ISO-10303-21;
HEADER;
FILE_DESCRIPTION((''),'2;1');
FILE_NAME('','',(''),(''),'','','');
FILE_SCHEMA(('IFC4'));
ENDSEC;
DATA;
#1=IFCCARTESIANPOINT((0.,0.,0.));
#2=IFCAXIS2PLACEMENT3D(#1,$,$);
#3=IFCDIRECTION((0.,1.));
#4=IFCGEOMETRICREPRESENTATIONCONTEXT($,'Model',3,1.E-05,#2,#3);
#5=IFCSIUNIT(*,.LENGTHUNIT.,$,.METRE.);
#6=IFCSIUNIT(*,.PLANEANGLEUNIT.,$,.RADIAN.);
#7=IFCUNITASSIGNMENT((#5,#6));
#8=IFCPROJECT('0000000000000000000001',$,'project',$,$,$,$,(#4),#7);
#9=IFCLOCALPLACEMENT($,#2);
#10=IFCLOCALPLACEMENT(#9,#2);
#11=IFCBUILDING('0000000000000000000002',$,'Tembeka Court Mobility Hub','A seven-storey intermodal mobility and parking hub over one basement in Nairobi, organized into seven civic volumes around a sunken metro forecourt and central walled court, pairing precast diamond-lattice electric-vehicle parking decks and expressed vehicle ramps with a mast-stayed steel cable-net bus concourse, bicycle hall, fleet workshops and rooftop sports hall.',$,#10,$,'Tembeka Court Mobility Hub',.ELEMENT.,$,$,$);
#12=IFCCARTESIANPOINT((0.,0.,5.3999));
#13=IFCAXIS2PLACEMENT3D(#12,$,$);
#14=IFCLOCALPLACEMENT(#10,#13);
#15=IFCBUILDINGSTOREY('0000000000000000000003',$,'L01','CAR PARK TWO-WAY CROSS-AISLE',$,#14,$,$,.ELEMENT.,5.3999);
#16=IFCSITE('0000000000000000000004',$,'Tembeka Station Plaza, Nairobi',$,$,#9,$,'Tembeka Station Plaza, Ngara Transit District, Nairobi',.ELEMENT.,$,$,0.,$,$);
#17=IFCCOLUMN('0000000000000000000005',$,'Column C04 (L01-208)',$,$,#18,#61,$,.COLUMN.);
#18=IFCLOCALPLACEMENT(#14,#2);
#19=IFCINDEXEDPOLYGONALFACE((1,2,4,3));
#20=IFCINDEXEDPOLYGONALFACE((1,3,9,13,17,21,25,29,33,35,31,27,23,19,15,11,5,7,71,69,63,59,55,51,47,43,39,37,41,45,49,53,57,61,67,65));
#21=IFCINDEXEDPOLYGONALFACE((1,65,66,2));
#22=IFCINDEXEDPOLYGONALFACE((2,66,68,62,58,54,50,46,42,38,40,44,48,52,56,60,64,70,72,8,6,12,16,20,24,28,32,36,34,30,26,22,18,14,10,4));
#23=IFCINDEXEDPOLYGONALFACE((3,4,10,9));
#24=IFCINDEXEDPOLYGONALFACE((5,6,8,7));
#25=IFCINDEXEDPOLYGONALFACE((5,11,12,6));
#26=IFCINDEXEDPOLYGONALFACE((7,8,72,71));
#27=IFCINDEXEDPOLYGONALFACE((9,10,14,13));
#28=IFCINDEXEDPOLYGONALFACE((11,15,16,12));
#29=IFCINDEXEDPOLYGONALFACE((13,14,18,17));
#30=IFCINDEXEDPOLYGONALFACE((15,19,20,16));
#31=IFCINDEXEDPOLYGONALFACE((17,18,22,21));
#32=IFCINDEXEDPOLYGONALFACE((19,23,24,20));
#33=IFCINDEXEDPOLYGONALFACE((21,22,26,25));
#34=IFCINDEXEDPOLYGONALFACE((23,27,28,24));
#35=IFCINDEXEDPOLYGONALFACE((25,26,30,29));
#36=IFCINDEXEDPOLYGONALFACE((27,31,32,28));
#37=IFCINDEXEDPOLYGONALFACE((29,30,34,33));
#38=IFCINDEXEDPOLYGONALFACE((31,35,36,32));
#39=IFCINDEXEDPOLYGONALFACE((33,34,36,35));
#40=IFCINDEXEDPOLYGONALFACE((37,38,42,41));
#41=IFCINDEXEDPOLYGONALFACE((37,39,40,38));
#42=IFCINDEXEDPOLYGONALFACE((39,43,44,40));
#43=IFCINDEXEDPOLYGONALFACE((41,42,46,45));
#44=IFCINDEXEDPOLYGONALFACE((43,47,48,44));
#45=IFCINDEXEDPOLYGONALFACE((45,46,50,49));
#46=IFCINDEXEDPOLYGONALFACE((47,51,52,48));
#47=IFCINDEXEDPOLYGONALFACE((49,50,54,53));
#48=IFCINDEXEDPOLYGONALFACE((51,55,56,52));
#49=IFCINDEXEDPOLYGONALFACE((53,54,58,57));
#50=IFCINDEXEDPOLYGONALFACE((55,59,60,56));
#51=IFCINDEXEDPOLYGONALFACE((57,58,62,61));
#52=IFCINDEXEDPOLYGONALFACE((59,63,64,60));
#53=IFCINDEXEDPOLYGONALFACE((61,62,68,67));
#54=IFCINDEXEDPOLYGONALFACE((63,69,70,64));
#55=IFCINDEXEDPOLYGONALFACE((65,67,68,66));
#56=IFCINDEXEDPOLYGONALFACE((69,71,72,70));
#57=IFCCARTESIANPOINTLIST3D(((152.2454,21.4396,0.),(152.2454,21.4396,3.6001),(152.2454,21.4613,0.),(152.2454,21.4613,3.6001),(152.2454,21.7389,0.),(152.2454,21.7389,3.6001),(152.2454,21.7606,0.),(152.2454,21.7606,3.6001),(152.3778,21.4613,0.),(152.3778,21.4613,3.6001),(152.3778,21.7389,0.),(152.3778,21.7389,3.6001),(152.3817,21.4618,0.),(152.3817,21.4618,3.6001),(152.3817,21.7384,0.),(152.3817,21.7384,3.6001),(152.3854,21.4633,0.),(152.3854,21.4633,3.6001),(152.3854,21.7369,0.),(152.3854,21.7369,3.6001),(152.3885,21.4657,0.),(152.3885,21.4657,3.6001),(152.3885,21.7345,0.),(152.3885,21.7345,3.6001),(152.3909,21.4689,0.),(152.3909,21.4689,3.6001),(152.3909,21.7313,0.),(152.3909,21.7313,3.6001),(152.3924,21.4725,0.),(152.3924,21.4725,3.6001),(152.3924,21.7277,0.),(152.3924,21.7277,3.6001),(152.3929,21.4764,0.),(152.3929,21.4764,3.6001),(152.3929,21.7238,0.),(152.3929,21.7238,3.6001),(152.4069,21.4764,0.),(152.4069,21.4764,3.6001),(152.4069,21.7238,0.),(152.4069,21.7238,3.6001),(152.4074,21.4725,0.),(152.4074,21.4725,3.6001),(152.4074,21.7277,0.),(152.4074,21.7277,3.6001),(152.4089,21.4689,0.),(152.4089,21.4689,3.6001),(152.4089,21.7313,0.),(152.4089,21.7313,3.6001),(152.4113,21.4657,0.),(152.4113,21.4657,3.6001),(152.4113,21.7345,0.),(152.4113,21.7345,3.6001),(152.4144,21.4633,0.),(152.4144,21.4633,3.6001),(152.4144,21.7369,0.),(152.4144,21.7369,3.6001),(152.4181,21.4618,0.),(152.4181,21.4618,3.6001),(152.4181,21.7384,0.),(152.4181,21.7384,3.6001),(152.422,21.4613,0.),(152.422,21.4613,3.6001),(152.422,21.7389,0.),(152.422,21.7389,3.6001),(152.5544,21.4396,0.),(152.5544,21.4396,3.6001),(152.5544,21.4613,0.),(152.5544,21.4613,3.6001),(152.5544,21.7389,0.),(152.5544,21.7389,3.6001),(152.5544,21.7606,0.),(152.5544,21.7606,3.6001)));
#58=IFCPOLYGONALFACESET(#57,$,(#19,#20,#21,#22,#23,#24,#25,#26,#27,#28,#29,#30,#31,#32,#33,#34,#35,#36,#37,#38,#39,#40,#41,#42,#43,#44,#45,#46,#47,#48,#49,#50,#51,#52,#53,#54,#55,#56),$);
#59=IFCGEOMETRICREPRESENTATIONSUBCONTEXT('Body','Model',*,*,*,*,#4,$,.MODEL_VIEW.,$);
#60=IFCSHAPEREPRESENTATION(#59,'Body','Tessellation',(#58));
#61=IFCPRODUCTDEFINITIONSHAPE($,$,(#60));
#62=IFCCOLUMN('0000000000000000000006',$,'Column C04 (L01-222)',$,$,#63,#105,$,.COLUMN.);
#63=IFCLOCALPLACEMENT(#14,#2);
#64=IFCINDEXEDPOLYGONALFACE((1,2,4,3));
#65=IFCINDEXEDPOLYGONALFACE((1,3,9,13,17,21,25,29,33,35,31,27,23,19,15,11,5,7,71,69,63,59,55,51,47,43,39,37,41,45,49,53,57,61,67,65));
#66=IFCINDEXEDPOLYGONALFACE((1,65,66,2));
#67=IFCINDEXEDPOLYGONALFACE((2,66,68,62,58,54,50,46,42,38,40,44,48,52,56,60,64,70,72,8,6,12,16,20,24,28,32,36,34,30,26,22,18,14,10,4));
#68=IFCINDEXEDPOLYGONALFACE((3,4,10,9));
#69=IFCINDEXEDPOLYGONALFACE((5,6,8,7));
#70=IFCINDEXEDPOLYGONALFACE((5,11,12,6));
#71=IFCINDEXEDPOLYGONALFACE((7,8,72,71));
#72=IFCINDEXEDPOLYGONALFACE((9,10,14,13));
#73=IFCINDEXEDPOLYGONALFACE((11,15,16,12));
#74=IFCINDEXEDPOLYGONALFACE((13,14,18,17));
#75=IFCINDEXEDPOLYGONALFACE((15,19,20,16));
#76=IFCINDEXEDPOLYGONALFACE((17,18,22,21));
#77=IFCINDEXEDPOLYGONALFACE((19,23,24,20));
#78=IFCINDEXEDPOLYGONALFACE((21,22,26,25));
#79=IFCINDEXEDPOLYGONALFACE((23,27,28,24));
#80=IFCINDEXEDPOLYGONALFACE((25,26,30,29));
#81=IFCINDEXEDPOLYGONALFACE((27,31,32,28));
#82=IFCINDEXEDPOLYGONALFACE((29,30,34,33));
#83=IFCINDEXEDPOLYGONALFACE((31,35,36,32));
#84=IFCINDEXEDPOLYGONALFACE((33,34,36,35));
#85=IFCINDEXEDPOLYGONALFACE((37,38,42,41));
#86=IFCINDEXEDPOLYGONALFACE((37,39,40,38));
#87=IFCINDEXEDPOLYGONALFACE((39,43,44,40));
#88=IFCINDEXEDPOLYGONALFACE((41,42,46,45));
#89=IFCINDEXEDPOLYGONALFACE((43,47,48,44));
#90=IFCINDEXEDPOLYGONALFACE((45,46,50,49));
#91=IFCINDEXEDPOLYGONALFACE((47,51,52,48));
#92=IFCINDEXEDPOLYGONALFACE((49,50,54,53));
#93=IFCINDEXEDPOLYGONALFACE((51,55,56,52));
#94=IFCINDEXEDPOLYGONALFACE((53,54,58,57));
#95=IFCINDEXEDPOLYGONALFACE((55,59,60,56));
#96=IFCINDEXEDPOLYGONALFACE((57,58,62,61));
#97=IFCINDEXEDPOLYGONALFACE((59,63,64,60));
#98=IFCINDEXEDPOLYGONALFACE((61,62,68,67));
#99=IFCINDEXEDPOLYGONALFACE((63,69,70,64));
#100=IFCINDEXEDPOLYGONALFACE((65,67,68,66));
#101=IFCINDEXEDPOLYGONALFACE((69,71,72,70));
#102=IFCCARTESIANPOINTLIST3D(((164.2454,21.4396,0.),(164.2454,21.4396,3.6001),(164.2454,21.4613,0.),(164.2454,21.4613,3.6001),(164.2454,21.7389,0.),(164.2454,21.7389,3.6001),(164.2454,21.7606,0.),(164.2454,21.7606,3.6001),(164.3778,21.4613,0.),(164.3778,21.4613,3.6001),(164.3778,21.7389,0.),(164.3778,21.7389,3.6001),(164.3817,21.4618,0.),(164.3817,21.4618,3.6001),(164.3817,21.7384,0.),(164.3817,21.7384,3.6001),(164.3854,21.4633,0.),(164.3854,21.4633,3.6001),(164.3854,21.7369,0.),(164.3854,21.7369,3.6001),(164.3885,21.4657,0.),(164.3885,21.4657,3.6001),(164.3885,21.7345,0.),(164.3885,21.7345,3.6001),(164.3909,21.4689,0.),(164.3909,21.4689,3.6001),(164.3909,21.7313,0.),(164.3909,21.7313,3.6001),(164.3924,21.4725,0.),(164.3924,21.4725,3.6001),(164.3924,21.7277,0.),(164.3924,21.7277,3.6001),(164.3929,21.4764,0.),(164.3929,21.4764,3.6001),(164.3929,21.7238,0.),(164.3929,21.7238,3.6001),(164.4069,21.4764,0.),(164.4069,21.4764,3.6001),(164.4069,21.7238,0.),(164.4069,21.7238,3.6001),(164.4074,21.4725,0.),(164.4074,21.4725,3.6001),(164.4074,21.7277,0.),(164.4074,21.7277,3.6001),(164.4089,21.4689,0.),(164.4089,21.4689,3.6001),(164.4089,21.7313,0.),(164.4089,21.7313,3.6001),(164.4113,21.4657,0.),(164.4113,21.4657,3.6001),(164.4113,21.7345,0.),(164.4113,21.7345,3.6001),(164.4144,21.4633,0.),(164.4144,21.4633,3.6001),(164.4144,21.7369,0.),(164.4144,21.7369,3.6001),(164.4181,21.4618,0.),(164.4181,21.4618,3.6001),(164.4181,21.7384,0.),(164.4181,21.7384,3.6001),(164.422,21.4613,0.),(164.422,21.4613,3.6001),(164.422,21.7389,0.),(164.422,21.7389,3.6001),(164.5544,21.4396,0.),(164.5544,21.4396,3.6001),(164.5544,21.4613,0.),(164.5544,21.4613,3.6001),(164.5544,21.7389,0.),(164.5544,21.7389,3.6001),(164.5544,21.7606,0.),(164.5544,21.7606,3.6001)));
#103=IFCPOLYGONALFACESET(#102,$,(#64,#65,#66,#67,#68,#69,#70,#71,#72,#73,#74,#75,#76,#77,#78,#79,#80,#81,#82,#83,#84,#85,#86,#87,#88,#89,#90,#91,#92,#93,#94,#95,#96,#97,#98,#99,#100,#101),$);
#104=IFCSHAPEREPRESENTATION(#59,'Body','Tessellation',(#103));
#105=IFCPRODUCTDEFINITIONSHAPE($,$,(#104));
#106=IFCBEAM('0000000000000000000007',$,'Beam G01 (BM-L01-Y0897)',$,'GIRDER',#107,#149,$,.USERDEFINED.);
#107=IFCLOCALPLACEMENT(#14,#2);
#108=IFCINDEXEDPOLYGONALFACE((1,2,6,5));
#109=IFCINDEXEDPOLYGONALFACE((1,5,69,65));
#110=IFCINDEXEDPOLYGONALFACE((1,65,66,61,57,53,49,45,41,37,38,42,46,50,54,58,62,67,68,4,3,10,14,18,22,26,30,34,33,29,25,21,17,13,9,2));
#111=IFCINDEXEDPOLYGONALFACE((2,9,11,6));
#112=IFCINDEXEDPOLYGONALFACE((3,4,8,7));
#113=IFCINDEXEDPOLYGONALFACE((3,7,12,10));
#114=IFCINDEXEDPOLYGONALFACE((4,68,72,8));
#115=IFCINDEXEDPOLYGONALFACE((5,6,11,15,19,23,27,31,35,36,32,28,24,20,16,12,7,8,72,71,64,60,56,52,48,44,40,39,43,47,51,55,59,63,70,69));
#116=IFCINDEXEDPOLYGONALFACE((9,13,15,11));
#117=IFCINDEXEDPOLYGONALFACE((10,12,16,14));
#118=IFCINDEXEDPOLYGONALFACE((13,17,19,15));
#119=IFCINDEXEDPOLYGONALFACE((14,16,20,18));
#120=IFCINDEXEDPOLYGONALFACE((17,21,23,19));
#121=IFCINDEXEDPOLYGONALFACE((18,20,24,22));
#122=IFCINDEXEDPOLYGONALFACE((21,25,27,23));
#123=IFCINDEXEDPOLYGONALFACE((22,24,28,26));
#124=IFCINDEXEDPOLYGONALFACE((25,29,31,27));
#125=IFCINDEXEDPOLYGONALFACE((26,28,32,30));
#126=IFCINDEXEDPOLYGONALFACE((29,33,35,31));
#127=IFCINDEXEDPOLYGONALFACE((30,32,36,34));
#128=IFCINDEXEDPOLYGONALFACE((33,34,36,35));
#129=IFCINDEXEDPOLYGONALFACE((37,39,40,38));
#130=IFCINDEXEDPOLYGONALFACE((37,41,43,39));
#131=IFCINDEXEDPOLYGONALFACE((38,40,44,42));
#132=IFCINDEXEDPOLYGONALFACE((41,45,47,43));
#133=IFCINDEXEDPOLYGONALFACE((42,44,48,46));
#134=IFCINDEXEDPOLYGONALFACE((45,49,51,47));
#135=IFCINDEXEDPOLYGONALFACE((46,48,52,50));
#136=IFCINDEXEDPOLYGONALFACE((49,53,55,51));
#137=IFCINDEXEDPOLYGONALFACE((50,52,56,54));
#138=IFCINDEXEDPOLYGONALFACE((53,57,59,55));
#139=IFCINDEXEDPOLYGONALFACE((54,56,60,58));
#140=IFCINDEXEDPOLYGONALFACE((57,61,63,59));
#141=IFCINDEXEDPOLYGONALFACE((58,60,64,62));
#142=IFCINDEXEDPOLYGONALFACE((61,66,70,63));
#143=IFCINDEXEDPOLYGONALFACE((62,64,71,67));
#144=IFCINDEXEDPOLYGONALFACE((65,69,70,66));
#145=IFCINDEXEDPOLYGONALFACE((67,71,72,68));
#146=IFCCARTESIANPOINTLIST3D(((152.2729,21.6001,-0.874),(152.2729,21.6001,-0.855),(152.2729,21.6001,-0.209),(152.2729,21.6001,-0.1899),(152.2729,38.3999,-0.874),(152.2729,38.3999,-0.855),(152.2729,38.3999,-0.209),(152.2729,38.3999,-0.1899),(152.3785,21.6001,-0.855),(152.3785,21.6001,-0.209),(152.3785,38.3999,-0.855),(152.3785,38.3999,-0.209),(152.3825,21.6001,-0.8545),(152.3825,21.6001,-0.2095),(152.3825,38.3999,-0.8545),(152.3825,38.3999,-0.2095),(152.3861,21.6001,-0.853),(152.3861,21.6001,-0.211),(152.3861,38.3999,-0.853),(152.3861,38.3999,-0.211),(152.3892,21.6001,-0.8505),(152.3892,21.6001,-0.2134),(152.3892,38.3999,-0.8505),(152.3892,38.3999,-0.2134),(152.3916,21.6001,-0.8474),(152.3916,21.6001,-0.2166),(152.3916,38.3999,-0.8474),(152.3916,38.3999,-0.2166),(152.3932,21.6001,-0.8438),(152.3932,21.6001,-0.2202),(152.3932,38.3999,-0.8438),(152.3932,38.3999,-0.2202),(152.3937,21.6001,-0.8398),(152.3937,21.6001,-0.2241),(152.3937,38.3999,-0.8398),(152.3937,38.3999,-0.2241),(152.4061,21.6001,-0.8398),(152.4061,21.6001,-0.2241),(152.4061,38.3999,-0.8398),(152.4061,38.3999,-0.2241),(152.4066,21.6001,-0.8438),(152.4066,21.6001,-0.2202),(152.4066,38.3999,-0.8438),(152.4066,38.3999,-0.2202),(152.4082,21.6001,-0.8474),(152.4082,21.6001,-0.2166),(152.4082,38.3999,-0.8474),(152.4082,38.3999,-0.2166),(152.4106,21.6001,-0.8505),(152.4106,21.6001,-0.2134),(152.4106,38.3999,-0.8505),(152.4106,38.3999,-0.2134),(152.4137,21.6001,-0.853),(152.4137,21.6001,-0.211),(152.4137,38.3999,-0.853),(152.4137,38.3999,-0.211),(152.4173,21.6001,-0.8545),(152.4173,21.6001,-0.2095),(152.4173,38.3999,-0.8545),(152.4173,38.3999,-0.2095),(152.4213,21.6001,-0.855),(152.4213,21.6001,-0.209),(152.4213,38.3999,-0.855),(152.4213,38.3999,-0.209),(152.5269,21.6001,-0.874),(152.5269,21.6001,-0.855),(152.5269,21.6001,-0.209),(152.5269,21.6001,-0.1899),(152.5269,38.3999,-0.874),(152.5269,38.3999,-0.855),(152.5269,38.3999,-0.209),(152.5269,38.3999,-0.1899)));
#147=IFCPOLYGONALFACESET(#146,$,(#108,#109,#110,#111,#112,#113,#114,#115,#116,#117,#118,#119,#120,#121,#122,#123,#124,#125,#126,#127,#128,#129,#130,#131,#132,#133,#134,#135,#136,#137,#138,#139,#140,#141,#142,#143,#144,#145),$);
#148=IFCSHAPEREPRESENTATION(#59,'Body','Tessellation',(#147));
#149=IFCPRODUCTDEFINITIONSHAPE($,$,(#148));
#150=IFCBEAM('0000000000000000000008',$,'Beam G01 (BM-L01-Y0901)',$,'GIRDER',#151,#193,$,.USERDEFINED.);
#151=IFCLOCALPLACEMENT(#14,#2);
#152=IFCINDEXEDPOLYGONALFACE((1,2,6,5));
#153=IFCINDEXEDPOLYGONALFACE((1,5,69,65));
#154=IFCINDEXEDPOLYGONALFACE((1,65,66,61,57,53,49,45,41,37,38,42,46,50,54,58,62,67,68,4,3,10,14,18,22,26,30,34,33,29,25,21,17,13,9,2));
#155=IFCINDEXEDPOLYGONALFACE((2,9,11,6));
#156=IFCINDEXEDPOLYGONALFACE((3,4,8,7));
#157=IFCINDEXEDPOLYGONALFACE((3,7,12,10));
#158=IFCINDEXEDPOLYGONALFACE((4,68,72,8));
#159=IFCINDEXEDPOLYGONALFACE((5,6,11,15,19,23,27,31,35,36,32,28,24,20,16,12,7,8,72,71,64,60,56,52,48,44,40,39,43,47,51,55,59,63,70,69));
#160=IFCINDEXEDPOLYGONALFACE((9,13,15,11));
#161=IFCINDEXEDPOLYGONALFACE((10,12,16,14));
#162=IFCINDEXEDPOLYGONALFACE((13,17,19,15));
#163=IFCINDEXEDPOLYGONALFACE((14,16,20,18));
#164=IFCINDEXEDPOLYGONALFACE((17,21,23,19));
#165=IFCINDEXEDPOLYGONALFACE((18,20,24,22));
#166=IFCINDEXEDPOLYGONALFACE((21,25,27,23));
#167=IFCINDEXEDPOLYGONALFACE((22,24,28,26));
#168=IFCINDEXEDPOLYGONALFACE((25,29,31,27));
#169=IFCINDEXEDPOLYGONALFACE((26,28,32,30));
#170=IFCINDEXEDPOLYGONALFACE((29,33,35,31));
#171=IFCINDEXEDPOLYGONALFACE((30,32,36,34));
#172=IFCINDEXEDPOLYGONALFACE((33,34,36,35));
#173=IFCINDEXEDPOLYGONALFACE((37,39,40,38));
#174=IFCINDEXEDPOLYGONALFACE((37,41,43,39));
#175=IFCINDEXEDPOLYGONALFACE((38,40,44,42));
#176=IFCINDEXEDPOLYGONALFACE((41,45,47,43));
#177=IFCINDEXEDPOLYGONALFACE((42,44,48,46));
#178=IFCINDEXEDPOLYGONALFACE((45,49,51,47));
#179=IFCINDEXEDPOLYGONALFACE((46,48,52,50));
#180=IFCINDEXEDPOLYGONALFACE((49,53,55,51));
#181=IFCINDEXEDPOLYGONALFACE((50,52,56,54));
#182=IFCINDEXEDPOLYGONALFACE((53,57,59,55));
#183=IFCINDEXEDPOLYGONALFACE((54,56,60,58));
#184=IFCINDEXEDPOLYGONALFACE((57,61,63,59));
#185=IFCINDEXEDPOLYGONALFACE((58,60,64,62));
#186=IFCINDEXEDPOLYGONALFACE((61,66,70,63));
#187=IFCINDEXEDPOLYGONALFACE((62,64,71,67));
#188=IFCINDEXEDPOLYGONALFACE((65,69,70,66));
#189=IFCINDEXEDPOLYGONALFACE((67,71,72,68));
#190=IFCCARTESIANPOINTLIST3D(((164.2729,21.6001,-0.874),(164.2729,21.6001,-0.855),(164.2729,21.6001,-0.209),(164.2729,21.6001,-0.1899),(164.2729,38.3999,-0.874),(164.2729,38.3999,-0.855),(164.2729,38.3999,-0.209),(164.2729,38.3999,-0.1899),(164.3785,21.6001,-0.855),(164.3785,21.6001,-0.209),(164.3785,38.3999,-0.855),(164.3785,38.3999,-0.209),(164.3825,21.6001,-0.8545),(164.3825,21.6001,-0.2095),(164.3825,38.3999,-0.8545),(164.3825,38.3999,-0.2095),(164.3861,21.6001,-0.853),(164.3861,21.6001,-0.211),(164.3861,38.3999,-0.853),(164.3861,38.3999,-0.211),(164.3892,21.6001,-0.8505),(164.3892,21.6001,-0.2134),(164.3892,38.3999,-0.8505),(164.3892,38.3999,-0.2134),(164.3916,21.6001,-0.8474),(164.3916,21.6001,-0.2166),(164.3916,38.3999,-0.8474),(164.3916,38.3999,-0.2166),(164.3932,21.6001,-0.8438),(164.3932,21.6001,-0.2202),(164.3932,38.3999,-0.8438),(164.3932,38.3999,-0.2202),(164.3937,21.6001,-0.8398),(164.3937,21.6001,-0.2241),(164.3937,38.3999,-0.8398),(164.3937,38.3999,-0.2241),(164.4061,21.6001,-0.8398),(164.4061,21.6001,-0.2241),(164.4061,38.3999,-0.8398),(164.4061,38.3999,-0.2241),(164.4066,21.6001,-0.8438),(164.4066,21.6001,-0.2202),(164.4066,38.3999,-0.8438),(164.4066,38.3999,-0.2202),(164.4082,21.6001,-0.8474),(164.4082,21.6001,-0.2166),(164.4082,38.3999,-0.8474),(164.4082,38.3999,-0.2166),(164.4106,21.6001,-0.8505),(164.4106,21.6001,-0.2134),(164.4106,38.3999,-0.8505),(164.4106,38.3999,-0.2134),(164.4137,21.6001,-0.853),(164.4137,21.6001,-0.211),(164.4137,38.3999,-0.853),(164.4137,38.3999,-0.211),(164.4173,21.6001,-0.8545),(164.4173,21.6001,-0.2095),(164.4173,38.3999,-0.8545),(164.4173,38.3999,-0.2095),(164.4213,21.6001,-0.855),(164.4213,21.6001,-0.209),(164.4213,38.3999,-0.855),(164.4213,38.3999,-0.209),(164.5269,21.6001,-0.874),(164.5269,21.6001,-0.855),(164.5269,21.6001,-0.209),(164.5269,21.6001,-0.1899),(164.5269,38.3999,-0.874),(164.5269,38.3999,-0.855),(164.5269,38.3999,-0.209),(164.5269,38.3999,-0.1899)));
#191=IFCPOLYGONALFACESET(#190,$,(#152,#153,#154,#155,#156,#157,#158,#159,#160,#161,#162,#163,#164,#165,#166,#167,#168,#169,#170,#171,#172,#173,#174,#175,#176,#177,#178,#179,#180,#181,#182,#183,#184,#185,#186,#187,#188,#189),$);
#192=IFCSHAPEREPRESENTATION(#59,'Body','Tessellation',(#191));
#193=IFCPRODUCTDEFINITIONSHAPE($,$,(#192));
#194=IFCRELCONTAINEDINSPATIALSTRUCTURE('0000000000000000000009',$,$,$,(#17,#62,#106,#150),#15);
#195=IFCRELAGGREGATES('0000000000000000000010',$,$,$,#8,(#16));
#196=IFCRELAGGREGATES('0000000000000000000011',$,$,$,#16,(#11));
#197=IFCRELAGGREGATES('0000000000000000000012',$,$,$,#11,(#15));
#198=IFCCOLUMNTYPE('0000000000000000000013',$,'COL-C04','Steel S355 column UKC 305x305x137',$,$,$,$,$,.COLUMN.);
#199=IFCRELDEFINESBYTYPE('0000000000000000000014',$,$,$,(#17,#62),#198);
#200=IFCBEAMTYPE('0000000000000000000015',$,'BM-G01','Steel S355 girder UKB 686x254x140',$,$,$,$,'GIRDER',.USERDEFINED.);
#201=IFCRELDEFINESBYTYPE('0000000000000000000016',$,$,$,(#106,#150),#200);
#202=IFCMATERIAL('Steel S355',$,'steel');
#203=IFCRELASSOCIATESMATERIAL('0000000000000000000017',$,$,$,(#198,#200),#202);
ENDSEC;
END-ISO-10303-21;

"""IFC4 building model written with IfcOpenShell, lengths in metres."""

from ifc_helpers import new_model, si_unit, direction, frame, origin, origin_2d, place, context, subcontext, project, spatial, i_section, extrude, material, material_profile, profile_set, type_object, element, save


model = new_model("IFC4")

# Units and contexts
model_context = context("Model", 3, precision=1e-05, world=origin(), true_north=direction((0.0, 1.0)))
body_context = subcontext(model_context, "Body", "Model", "MODEL_VIEW")
ifc_project = project(units=[si_unit("LENGTHUNIT", "METRE"), si_unit("PLANEANGLEUNIT", "RADIAN")], contexts=[model_context])

# Site, building, storey
site_placement = place(None, origin())
site = spatial("IfcSite", under=ifc_project, at=site_placement, Name="Tembeka Station Plaza, Nairobi", LongName="Tembeka Station Plaza, Ngara Transit District, Nairobi", CompositionType="ELEMENT", RefElevation=0.0)
building_placement = place(site_placement, origin())
building = spatial("IfcBuilding", under=site, at=building_placement, Name="Tembeka Court Mobility Hub", Description="A seven-storey intermodal mobility and parking hub over one basement in Nairobi, organized into seven civic volumes around a sunken metro forecourt and central walled court, pairing precast diamond-lattice electric-vehicle parking decks and expressed vehicle ramps with a mast-stayed steel cable-net bus concourse, bicycle hall, fleet workshops and rooftop sports hall.", LongName="Tembeka Court Mobility Hub", CompositionType="ELEMENT")
storey_placement = place(building_placement, frame((0.0, 0.0, 5.3999)))
storey = spatial("IfcBuildingStorey", under=building, at=storey_placement, Name="L01", Description="CAR PARK TWO-WAY CROSS-AISLE", CompositionType="ELEMENT", Elevation=5.3999)

# Columns
ifc_material_1 = material(Name="Steel S355", Category="steel")
ifc_material_profile_1 = material_profile(ifc_material_1, i_section(OverallWidth=0.3091, OverallDepth=0.321, WebThickness=0.0139, FlangeThickness=0.0217, FilletRadius=0.0151, at=origin_2d()), Name="UKC 305x305x137")
ifc_profile_set_1 = profile_set([ifc_material_profile_1], Name="Steel S355")
column_type = type_object("IfcColumnType", Name="COL-C04", Description="Steel S355 column UKC 305x305x137", PredefinedType="COLUMN", material=ifc_profile_set_1)
for number, where, z_axis, x_axis, name in (
    (1, (152.3999, 21.6001, 0.0), (0.0, 0.0, 1.0), (1.0, 0.0, 0.0), "Column C04 (L01-208)"),
    (2, (164.3999, 21.6001, 0.0), (0.0, 0.0, 1.0), (1.0, 0.0, 0.0), "Column C04 (L01-222)"),
):
    element("IfcColumn", number, at=place(storey_placement, frame(where, z_axis=z_axis, x_axis=x_axis)), inside=storey, type_object=column_type, Name=name, PredefinedType="COLUMN", context=body_context, shape_type="SweptSolid", body=[
        extrude(i_section(OverallWidth=0.3091, OverallDepth=0.321, WebThickness=0.0139, FlangeThickness=0.0217, FilletRadius=0.0151, at=origin_2d()), origin(), (0.0, 0.0, 1.0), 3.6001),
    ])

# Beams
ifc_material_profile_2 = material_profile(ifc_material_1, i_section(OverallWidth=0.2539, OverallDepth=0.6841, WebThickness=0.0125, FlangeThickness=0.019, FilletRadius=0.0151, at=origin_2d()), Name="UKB 686x254x140")
ifc_profile_set_2 = profile_set([ifc_material_profile_2], Name="Steel S355")
beam_type_1 = type_object("IfcBeamType", Name="BM-G01", Description="Steel S355 girder UKB 686x254x140", ElementType="GIRDER", PredefinedType="USERDEFINED", material=ifc_profile_set_2)
for number, where, z_axis, x_axis, name in (
    (3, (152.3999, 21.6001, -0.532), (0.0, 1.0, 0.0), (-1.0, 0.0, 0.0), "Beam G01 (BM-L01-Y0897)"),
    (4, (164.3999, 21.6001, -0.532), (0.0, 1.0, 0.0), (-1.0, 0.0, 0.0), "Beam G01 (BM-L01-Y0901)"),
):
    element("IfcBeam", number, at=place(storey_placement, frame(where, z_axis=z_axis, x_axis=x_axis)), inside=storey, type_object=beam_type_1, Name=name, ObjectType="GIRDER", PredefinedType="USERDEFINED", context=body_context, shape_type="SweptSolid", body=[
        extrude(i_section(OverallWidth=0.2539, OverallDepth=0.6841, WebThickness=0.0125, FlangeThickness=0.019, FilletRadius=0.0151, at=origin_2d()), origin(), (0.0, 0.0, 1.0), 16.7998),
    ])

save(model, "model.ifc")
